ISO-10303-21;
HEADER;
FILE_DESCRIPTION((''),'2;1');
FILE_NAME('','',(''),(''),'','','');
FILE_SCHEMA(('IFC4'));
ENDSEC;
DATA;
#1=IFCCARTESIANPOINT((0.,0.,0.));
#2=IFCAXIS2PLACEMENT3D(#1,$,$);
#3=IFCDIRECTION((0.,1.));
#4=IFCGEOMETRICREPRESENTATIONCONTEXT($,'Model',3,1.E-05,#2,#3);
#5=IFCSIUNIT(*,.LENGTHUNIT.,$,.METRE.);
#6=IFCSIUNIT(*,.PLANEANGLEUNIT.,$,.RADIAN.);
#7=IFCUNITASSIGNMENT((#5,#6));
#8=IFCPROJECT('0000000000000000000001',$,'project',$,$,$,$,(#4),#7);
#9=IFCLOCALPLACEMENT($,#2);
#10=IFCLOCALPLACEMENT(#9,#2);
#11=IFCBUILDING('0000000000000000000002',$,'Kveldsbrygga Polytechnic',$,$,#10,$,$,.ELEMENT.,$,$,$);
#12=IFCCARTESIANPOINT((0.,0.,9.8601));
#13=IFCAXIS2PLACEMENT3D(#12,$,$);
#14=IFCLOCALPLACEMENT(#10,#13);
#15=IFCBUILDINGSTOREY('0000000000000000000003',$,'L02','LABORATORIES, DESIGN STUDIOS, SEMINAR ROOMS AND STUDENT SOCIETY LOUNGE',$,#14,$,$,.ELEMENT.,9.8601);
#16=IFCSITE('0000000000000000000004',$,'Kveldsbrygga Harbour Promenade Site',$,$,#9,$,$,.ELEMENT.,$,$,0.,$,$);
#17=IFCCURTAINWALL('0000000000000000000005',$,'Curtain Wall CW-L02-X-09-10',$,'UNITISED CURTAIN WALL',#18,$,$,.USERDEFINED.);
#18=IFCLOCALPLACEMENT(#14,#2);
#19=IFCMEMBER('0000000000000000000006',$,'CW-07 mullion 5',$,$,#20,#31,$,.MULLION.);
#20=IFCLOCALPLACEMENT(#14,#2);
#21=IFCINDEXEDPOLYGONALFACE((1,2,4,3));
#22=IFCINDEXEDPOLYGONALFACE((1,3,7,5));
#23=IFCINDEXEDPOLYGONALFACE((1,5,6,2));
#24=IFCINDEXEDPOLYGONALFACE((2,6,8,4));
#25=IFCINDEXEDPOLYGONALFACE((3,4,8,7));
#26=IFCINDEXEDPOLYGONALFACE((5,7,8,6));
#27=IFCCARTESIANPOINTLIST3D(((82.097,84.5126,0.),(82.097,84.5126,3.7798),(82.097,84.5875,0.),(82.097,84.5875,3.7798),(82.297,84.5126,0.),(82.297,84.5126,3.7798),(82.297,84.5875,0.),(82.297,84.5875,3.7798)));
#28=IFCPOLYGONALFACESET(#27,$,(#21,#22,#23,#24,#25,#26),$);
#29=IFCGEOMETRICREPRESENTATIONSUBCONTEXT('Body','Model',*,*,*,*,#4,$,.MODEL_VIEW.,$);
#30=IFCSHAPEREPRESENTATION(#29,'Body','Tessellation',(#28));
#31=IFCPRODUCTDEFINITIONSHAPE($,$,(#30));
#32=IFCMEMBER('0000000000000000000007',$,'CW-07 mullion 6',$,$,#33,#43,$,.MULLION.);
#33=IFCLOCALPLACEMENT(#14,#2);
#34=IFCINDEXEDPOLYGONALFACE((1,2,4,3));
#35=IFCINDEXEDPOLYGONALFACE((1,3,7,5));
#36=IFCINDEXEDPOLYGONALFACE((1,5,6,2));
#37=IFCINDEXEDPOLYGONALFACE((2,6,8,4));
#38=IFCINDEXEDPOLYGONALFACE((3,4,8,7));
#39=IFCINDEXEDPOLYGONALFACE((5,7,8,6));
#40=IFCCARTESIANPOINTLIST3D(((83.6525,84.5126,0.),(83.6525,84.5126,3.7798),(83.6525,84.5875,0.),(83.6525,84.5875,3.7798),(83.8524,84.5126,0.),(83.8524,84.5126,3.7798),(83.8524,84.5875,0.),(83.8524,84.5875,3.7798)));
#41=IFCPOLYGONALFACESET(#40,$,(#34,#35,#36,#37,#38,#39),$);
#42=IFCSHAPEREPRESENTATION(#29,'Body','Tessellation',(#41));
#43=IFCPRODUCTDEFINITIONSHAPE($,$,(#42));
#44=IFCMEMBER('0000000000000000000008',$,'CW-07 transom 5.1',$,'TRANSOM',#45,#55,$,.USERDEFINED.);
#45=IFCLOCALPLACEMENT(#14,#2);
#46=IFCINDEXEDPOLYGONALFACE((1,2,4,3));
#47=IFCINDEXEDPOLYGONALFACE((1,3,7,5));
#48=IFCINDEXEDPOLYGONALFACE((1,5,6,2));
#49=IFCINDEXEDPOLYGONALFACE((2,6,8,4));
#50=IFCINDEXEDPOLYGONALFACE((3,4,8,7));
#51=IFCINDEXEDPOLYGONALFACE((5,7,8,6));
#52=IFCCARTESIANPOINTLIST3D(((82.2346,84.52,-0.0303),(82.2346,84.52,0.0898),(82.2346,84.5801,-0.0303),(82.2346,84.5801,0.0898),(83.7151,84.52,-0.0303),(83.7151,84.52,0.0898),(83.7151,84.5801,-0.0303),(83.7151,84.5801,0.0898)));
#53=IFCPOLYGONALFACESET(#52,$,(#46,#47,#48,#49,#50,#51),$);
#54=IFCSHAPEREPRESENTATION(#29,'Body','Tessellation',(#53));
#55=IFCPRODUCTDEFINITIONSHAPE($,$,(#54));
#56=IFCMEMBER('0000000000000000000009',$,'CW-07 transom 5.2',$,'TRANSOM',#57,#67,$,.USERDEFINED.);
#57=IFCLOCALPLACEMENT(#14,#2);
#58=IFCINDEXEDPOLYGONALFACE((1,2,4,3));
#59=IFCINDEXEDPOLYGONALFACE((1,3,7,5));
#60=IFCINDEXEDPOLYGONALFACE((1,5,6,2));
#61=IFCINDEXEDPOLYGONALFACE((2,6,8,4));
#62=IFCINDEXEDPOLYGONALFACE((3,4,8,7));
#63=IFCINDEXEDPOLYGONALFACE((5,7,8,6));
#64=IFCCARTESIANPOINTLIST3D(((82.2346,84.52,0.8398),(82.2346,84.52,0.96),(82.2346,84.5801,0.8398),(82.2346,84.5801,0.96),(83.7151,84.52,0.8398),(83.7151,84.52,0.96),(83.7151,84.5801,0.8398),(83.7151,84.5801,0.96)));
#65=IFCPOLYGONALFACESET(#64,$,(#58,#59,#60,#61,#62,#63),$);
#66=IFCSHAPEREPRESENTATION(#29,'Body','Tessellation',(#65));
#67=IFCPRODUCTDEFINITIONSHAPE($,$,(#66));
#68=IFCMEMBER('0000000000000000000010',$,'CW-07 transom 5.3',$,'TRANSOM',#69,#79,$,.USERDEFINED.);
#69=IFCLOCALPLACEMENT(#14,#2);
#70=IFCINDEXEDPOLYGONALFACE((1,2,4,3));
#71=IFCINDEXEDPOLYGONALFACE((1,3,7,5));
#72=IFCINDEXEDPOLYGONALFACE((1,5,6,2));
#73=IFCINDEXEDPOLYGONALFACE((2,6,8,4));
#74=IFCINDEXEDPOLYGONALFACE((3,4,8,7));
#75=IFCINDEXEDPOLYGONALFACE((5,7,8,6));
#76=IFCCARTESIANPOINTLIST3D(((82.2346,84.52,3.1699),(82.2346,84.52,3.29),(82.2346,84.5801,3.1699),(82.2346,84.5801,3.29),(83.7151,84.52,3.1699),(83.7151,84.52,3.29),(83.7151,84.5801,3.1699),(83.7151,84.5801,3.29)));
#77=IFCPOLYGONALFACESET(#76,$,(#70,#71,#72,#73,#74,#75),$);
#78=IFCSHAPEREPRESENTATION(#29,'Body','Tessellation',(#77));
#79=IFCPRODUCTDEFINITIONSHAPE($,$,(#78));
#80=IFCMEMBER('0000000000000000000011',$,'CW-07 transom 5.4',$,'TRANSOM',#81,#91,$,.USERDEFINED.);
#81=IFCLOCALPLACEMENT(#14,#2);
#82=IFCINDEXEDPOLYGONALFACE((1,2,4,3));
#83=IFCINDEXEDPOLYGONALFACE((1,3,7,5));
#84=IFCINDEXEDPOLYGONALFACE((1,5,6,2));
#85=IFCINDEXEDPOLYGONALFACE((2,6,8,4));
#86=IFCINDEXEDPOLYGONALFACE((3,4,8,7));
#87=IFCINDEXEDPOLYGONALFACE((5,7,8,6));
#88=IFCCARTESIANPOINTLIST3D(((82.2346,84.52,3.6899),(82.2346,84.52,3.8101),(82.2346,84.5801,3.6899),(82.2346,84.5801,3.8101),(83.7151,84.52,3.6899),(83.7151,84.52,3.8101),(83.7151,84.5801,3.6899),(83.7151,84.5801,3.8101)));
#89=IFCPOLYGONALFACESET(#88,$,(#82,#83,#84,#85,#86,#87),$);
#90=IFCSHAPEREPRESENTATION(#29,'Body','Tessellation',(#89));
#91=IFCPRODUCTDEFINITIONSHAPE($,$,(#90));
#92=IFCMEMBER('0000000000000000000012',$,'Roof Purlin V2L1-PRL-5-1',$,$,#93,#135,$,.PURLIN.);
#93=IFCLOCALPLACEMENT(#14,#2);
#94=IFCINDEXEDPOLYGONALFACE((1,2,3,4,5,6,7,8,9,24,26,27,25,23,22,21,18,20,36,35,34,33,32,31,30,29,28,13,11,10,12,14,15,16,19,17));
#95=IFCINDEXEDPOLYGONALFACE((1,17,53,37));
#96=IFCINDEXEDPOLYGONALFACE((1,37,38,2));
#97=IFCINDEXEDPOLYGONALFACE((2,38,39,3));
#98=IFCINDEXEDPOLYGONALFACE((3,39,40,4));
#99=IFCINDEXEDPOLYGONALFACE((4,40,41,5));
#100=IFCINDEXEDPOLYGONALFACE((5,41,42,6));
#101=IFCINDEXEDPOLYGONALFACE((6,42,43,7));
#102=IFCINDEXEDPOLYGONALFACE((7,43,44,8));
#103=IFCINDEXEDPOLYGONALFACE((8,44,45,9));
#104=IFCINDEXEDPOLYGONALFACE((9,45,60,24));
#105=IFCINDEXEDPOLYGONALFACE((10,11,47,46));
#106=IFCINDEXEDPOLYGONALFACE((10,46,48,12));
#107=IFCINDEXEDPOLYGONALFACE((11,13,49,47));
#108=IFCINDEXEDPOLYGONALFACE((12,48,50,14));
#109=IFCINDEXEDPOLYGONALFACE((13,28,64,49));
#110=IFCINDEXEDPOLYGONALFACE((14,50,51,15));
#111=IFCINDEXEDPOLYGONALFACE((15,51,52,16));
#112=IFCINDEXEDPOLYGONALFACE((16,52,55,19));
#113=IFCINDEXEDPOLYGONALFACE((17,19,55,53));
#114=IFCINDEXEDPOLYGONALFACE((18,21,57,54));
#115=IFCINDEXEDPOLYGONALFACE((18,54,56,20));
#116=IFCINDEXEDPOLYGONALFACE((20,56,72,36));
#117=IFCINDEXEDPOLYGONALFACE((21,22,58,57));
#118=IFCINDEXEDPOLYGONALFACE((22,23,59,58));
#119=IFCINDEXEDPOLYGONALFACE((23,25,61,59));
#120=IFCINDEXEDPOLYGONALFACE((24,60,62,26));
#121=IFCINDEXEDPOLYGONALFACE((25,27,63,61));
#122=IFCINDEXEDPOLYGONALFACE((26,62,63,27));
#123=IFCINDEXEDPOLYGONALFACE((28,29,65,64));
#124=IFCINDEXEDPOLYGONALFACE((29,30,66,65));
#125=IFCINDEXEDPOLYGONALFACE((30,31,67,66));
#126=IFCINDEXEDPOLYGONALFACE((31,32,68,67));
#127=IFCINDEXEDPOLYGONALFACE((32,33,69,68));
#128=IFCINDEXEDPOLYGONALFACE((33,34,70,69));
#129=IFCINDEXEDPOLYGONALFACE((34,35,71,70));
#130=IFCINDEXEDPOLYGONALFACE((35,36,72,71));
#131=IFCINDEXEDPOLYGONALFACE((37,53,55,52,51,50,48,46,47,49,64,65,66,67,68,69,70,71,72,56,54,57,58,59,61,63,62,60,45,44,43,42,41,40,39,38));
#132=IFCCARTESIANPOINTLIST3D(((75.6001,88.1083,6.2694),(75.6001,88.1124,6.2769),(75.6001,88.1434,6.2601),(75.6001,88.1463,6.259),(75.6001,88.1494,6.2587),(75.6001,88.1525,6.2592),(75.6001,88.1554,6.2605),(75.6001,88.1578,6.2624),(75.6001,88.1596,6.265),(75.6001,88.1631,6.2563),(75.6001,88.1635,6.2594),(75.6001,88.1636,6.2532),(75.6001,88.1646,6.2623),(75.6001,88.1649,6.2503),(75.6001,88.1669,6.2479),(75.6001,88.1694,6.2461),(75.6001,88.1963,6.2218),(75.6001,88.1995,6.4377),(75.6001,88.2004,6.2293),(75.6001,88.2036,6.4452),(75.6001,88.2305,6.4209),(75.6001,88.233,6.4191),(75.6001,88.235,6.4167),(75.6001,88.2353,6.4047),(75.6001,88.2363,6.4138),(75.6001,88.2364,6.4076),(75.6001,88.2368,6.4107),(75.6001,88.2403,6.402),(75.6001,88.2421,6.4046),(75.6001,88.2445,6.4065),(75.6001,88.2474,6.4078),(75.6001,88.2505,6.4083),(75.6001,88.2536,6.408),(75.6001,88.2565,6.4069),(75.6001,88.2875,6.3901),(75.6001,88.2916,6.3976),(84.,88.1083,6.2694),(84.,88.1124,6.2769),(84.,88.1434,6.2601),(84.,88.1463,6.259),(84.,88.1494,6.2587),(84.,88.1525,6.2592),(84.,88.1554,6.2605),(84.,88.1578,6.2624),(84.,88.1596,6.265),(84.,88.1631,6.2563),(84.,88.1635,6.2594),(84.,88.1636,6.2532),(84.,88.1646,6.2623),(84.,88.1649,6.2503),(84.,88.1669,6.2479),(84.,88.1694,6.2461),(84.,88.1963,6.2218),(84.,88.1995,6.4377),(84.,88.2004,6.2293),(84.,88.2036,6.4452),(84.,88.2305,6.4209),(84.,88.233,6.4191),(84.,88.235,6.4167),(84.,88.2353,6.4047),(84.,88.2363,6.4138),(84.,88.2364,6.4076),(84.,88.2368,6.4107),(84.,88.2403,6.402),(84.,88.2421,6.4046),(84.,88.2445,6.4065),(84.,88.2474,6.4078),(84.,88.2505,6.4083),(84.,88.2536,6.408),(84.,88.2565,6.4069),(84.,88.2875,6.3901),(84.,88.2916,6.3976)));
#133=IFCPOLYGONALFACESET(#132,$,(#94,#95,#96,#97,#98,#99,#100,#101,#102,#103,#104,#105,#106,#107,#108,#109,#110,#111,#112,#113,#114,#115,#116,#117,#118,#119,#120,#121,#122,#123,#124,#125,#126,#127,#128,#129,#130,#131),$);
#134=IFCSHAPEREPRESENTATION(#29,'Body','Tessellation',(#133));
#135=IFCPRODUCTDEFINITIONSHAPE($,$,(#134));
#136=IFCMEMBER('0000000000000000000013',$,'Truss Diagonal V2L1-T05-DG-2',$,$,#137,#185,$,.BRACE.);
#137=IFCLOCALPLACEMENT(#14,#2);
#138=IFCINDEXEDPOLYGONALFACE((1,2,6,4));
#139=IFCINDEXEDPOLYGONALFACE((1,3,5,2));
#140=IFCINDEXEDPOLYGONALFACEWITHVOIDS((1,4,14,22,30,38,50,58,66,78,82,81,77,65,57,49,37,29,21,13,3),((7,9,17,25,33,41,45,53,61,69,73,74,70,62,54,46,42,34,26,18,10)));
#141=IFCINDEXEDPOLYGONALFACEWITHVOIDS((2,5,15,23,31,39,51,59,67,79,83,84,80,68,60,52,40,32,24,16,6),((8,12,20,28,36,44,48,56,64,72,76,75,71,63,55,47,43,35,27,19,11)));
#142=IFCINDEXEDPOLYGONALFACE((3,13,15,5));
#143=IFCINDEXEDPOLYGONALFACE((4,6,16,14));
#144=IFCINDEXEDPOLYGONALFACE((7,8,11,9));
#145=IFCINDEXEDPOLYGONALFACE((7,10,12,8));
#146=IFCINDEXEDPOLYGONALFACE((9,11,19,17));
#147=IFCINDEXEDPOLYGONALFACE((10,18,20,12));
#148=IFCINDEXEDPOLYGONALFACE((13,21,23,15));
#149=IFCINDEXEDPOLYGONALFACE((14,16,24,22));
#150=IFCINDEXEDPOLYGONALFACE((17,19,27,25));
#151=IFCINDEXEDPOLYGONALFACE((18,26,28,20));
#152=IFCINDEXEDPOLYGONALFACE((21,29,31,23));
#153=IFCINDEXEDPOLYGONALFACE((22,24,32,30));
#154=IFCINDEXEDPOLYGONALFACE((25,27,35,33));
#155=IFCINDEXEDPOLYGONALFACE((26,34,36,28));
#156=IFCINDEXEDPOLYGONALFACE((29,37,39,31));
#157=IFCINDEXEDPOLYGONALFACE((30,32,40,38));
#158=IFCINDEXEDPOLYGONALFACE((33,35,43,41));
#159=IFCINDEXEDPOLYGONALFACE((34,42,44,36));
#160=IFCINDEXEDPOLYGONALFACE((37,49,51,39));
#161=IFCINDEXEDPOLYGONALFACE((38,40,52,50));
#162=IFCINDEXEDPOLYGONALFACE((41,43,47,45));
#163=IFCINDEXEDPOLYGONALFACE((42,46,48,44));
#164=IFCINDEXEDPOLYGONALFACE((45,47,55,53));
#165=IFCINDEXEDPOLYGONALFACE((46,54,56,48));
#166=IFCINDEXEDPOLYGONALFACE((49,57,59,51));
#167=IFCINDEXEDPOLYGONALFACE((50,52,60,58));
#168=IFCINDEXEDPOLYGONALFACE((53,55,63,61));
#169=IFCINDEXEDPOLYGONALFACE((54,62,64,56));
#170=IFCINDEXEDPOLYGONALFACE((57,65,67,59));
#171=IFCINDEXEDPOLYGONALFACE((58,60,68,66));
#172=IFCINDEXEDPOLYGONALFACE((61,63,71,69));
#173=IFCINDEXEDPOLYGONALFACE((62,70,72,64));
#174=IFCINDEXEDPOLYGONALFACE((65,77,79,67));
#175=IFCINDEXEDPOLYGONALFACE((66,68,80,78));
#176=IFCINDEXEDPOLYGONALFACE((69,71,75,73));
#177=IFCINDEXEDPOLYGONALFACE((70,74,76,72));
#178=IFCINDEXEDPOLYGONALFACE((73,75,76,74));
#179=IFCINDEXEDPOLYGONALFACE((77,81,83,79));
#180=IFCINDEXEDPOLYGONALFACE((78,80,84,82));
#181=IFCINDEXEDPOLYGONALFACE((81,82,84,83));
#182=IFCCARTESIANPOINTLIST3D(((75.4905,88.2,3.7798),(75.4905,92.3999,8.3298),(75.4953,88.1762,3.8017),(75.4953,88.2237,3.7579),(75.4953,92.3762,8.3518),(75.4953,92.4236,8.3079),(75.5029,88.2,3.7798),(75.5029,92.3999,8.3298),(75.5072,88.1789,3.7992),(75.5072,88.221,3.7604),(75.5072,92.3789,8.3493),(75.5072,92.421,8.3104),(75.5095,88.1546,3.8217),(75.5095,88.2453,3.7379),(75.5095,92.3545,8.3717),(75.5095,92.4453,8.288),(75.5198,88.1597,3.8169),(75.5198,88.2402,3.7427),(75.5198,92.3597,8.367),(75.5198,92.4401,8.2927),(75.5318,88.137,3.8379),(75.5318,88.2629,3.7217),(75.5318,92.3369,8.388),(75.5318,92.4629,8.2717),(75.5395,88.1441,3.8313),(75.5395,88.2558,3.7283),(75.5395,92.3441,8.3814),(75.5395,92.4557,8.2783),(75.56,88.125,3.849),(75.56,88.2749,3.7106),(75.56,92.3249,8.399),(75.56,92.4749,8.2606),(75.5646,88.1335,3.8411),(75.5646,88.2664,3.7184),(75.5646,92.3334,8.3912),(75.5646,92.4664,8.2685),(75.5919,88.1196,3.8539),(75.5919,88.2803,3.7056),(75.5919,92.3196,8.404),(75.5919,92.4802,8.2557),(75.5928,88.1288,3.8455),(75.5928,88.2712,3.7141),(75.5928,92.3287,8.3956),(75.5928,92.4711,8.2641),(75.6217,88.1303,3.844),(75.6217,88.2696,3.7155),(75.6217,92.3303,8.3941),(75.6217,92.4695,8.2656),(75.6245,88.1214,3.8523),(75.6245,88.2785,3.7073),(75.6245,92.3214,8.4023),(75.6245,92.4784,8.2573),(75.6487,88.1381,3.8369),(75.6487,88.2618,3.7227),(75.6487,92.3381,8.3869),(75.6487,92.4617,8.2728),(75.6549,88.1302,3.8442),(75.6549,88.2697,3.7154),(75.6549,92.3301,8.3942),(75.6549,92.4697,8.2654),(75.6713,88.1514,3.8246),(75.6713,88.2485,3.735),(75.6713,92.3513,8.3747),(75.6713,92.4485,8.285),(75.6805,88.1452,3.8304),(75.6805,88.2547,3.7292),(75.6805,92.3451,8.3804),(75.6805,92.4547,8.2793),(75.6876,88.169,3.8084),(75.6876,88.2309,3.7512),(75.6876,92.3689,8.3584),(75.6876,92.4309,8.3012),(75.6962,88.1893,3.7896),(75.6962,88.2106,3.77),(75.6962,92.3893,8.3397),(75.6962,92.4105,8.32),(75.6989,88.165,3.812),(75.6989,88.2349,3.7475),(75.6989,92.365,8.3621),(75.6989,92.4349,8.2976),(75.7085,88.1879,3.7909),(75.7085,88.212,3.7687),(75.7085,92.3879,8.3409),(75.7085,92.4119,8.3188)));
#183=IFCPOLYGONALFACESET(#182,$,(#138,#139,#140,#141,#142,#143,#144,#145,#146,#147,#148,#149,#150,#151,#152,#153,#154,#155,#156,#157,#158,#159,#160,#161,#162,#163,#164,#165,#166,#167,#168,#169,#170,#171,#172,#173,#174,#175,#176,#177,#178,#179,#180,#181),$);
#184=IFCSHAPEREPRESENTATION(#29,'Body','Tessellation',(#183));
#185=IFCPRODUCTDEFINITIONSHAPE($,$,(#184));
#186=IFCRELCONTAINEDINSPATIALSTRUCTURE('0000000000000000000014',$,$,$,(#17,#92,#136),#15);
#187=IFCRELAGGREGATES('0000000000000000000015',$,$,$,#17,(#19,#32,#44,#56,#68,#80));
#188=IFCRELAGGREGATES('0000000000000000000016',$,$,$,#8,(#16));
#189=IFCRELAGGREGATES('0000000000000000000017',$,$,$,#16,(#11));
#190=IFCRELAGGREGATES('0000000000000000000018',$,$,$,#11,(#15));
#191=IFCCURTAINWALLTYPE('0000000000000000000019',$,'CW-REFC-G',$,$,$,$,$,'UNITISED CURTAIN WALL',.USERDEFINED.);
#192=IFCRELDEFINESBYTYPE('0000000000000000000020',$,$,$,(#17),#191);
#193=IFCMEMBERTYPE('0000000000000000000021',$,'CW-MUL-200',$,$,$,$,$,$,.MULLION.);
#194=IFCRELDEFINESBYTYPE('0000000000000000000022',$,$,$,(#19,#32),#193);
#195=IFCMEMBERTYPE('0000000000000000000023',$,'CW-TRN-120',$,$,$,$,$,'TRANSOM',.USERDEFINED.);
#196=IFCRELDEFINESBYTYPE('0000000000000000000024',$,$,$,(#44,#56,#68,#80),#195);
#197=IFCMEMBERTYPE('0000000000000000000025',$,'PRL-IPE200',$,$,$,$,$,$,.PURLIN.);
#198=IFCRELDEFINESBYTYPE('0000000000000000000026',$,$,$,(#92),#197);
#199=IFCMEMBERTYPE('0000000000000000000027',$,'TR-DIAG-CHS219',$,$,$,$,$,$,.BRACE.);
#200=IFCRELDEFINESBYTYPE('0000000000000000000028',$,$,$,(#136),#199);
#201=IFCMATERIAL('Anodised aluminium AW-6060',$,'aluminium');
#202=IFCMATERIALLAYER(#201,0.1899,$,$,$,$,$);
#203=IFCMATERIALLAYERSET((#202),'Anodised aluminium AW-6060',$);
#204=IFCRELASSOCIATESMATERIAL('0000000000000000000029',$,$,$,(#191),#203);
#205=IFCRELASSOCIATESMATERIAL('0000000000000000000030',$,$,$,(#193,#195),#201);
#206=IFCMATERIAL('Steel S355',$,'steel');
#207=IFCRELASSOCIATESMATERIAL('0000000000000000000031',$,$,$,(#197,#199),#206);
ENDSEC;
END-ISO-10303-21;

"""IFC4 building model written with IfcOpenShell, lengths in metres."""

from ifc_helpers import new_model, si_unit, direction, frame, origin, origin_2d, place, context, subcontext, project, spatial, rectangle, hollow_circle, i_section, extrude, material, layer, layer_set, material_profile, profile_set, type_object, element, aggregate, save


model = new_model("IFC4")

# Units and contexts
model_context = context("Model", 3, precision=1e-05, world=origin(), true_north=direction((0.0, 1.0)))
body_context = subcontext(model_context, "Body", "Model", "MODEL_VIEW")
ifc_project = project(units=[si_unit("LENGTHUNIT", "METRE"), si_unit("PLANEANGLEUNIT", "RADIAN")], contexts=[model_context])

# Site, building, storey
site_placement = place(None, origin())
site = spatial("IfcSite", under=ifc_project, at=site_placement, Name="Kveldsbrygga Harbour Promenade Site", CompositionType="ELEMENT", RefElevation=0.0)
building_placement = place(site_placement, origin())
building = spatial("IfcBuilding", under=site, at=building_placement, Name="Kveldsbrygga Polytechnic", CompositionType="ELEMENT")
storey_placement = place(building_placement, frame((0.0, 0.0, 9.8601)))
storey = spatial("IfcBuildingStorey", under=building, at=storey_placement, Name="L02", Description="LABORATORIES, DESIGN STUDIOS, SEMINAR ROOMS AND STUDENT SOCIETY LOUNGE", CompositionType="ELEMENT", Elevation=9.8601)

# Curtain wall, members
ifc_material_1 = material(Name="Anodised aluminium AW-6060", Category="aluminium")
ifc_layer_1 = layer(ifc_material_1, 0.1899)
ifc_layer_set_1 = layer_set([ifc_layer_1], Name="Anodised aluminium AW-6060")
curtain_wall_type = type_object("IfcCurtainWallType", Name="CW-REFC-G", ElementType="UNITISED CURTAIN WALL", PredefinedType="USERDEFINED", material=ifc_layer_set_1)
curtain_wall_placement = place(storey_placement, origin())
curtain_wall = element("IfcCurtainWall", 1, at=curtain_wall_placement, inside=storey, type_object=curtain_wall_type, Name="Curtain Wall CW-L02-X-09-10", ObjectType="UNITISED CURTAIN WALL", PredefinedType="USERDEFINED")
ifc_material_profile_1 = material_profile(ifc_material_1, rectangle(XDim=0.075, YDim=0.2, at=origin_2d()), Name="ALU 75x200")
ifc_profile_set_1 = profile_set([ifc_material_profile_1], Name="Anodised aluminium AW-6060")
member_type_1 = type_object("IfcMemberType", Name="CW-MUL-200", PredefinedType="MULLION", material=ifc_profile_set_1)
member_1_placement = place(storey_placement, frame((82.197, 84.55, 0.0), z_axis=(0.0, 0.0, 1.0), x_axis=(0.0, 1.0, 0.0)))
member_1 = element("IfcMember", 2, at=member_1_placement, type_object=member_type_1, Name="CW-07 mullion 5", PredefinedType="MULLION", context=body_context, shape_type="SweptSolid", body=[
    extrude(rectangle(XDim=0.075, YDim=0.2, at=origin_2d()), origin(), (0.0, 0.0, 1.0), 3.7798),
])
member_2_placement = place(storey_placement, frame((83.7524, 84.55, 0.0), z_axis=(0.0, 0.0, 1.0), x_axis=(0.0, 1.0, 0.0)))
member_2 = element("IfcMember", 3, at=member_2_placement, type_object=member_type_1, Name="CW-07 mullion 6", PredefinedType="MULLION", context=body_context, shape_type="SweptSolid", body=[
    extrude(rectangle(XDim=0.075, YDim=0.2, at=origin_2d()), origin(), (0.0, 0.0, 1.0), 3.7798),
])
ifc_material_profile_2 = material_profile(ifc_material_1, rectangle(XDim=0.0601, YDim=0.1201, at=origin_2d()), Name="ALU 60x120")
ifc_profile_set_2 = profile_set([ifc_material_profile_2], Name="Anodised aluminium AW-6060")
member_type_2 = type_object("IfcMemberType", Name="CW-TRN-120", ElementType="TRANSOM", PredefinedType="USERDEFINED", material=ifc_profile_set_2)
member_3_placement = place(storey_placement, frame((82.2346, 84.55, 0.0298), z_axis=(1.0, 0.0, 0.0), x_axis=(0.0, 1.0, 0.0)))
member_3 = element("IfcMember", 4, at=member_3_placement, type_object=member_type_2, Name="CW-07 transom 5.1", ObjectType="TRANSOM", PredefinedType="USERDEFINED", context=body_context, shape_type="SweptSolid", body=[
    extrude(rectangle(XDim=0.0601, YDim=0.1201, at=origin_2d()), origin(), (0.0, 0.0, 1.0), 1.4805),
])
member_4_placement = place(storey_placement, frame((82.2346, 84.55, 0.8999), z_axis=(1.0, 0.0, 0.0), x_axis=(0.0, 1.0, 0.0)))
member_4 = element("IfcMember", 5, at=member_4_placement, type_object=member_type_2, Name="CW-07 transom 5.2", ObjectType="TRANSOM", PredefinedType="USERDEFINED", context=body_context, shape_type="SweptSolid", body=[
    extrude(rectangle(XDim=0.0601, YDim=0.1201, at=origin_2d()), origin(), (0.0, 0.0, 1.0), 1.4805),
])
member_5_placement = place(storey_placement, frame((82.2346, 84.55, 3.23), z_axis=(1.0, 0.0, 0.0), x_axis=(0.0, 1.0, 0.0)))
member_5 = element("IfcMember", 6, at=member_5_placement, type_object=member_type_2, Name="CW-07 transom 5.3", ObjectType="TRANSOM", PredefinedType="USERDEFINED", context=body_context, shape_type="SweptSolid", body=[
    extrude(rectangle(XDim=0.0601, YDim=0.1201, at=origin_2d()), origin(), (0.0, 0.0, 1.0), 1.4805),
])
member_6_placement = place(storey_placement, frame((82.2346, 84.55, 3.75), z_axis=(1.0, 0.0, 0.0), x_axis=(0.0, 1.0, 0.0)))
member_6 = element("IfcMember", 7, at=member_6_placement, type_object=member_type_2, Name="CW-07 transom 5.4", ObjectType="TRANSOM", PredefinedType="USERDEFINED", context=body_context, shape_type="SweptSolid", body=[
    extrude(rectangle(XDim=0.0601, YDim=0.1201, at=origin_2d()), origin(), (0.0, 0.0, 1.0), 1.4805),
])

# Members
ifc_material_2 = material(Name="Steel S355", Category="steel")
ifc_material_profile_3 = material_profile(ifc_material_2, i_section(OverallWidth=0.1001, OverallDepth=0.2, WebThickness=0.0056, FlangeThickness=0.0085, FilletRadius=0.012, at=origin_2d()), Name="IPE 200")
ifc_profile_set_3 = profile_set([ifc_material_profile_3], Name="Steel S355")
member_type_3 = type_object("IfcMemberType", Name="PRL-IPE200", PredefinedType="PURLIN", material=ifc_profile_set_3)
member_7_placement = place(storey_placement, frame((75.6001, 88.2, 6.3335), z_axis=(1.0, 0.0, 0.0), x_axis=(0.0, 0.879292, -0.476283)))
element("IfcMember", 8, at=member_7_placement, inside=storey, type_object=member_type_3, Name="Roof Purlin V2L1-PRL-5-1", PredefinedType="PURLIN", context=body_context, shape_type="SweptSolid", body=[
    extrude(i_section(OverallWidth=0.1001, OverallDepth=0.2, WebThickness=0.0056, FlangeThickness=0.0085, FilletRadius=0.012, at=origin_2d()), origin(), (0.0, 0.0, 1.0), 8.3999),
])
ifc_material_profile_4 = material_profile(ifc_material_2, hollow_circle(Radius=0.1096, WallThickness=0.0125, at=origin_2d()), Name="CHS 219.1x12.5")
ifc_profile_set_4 = profile_set([ifc_material_profile_4], Name="Steel S355")
member_type_4 = type_object("IfcMemberType", Name="TR-DIAG-CHS219", PredefinedType="BRACE", material=ifc_profile_set_4)
for number, where, z_axis, x_axis, name in (
    (9, (75.6001, 88.2, 3.7798), (0.0, 0.678272, 0.734811), (-1.0, 0.0, 0.0), "Truss Diagonal V2L1-T05-DG-2"),
):
    element("IfcMember", number, at=place(storey_placement, frame(where, z_axis=z_axis, x_axis=x_axis)), inside=storey, type_object=member_type_4, Name=name, PredefinedType="BRACE", context=body_context, shape_type="SweptSolid", body=[
        extrude(hollow_circle(Radius=0.1096, WallThickness=0.0125, at=origin_2d()), origin(), (0.0, 0.0, 1.0), 6.1921),
    ])

aggregate(curtain_wall, [member_1, member_2, member_3, member_4, member_5, member_6])

save(model, "model.ifc")
